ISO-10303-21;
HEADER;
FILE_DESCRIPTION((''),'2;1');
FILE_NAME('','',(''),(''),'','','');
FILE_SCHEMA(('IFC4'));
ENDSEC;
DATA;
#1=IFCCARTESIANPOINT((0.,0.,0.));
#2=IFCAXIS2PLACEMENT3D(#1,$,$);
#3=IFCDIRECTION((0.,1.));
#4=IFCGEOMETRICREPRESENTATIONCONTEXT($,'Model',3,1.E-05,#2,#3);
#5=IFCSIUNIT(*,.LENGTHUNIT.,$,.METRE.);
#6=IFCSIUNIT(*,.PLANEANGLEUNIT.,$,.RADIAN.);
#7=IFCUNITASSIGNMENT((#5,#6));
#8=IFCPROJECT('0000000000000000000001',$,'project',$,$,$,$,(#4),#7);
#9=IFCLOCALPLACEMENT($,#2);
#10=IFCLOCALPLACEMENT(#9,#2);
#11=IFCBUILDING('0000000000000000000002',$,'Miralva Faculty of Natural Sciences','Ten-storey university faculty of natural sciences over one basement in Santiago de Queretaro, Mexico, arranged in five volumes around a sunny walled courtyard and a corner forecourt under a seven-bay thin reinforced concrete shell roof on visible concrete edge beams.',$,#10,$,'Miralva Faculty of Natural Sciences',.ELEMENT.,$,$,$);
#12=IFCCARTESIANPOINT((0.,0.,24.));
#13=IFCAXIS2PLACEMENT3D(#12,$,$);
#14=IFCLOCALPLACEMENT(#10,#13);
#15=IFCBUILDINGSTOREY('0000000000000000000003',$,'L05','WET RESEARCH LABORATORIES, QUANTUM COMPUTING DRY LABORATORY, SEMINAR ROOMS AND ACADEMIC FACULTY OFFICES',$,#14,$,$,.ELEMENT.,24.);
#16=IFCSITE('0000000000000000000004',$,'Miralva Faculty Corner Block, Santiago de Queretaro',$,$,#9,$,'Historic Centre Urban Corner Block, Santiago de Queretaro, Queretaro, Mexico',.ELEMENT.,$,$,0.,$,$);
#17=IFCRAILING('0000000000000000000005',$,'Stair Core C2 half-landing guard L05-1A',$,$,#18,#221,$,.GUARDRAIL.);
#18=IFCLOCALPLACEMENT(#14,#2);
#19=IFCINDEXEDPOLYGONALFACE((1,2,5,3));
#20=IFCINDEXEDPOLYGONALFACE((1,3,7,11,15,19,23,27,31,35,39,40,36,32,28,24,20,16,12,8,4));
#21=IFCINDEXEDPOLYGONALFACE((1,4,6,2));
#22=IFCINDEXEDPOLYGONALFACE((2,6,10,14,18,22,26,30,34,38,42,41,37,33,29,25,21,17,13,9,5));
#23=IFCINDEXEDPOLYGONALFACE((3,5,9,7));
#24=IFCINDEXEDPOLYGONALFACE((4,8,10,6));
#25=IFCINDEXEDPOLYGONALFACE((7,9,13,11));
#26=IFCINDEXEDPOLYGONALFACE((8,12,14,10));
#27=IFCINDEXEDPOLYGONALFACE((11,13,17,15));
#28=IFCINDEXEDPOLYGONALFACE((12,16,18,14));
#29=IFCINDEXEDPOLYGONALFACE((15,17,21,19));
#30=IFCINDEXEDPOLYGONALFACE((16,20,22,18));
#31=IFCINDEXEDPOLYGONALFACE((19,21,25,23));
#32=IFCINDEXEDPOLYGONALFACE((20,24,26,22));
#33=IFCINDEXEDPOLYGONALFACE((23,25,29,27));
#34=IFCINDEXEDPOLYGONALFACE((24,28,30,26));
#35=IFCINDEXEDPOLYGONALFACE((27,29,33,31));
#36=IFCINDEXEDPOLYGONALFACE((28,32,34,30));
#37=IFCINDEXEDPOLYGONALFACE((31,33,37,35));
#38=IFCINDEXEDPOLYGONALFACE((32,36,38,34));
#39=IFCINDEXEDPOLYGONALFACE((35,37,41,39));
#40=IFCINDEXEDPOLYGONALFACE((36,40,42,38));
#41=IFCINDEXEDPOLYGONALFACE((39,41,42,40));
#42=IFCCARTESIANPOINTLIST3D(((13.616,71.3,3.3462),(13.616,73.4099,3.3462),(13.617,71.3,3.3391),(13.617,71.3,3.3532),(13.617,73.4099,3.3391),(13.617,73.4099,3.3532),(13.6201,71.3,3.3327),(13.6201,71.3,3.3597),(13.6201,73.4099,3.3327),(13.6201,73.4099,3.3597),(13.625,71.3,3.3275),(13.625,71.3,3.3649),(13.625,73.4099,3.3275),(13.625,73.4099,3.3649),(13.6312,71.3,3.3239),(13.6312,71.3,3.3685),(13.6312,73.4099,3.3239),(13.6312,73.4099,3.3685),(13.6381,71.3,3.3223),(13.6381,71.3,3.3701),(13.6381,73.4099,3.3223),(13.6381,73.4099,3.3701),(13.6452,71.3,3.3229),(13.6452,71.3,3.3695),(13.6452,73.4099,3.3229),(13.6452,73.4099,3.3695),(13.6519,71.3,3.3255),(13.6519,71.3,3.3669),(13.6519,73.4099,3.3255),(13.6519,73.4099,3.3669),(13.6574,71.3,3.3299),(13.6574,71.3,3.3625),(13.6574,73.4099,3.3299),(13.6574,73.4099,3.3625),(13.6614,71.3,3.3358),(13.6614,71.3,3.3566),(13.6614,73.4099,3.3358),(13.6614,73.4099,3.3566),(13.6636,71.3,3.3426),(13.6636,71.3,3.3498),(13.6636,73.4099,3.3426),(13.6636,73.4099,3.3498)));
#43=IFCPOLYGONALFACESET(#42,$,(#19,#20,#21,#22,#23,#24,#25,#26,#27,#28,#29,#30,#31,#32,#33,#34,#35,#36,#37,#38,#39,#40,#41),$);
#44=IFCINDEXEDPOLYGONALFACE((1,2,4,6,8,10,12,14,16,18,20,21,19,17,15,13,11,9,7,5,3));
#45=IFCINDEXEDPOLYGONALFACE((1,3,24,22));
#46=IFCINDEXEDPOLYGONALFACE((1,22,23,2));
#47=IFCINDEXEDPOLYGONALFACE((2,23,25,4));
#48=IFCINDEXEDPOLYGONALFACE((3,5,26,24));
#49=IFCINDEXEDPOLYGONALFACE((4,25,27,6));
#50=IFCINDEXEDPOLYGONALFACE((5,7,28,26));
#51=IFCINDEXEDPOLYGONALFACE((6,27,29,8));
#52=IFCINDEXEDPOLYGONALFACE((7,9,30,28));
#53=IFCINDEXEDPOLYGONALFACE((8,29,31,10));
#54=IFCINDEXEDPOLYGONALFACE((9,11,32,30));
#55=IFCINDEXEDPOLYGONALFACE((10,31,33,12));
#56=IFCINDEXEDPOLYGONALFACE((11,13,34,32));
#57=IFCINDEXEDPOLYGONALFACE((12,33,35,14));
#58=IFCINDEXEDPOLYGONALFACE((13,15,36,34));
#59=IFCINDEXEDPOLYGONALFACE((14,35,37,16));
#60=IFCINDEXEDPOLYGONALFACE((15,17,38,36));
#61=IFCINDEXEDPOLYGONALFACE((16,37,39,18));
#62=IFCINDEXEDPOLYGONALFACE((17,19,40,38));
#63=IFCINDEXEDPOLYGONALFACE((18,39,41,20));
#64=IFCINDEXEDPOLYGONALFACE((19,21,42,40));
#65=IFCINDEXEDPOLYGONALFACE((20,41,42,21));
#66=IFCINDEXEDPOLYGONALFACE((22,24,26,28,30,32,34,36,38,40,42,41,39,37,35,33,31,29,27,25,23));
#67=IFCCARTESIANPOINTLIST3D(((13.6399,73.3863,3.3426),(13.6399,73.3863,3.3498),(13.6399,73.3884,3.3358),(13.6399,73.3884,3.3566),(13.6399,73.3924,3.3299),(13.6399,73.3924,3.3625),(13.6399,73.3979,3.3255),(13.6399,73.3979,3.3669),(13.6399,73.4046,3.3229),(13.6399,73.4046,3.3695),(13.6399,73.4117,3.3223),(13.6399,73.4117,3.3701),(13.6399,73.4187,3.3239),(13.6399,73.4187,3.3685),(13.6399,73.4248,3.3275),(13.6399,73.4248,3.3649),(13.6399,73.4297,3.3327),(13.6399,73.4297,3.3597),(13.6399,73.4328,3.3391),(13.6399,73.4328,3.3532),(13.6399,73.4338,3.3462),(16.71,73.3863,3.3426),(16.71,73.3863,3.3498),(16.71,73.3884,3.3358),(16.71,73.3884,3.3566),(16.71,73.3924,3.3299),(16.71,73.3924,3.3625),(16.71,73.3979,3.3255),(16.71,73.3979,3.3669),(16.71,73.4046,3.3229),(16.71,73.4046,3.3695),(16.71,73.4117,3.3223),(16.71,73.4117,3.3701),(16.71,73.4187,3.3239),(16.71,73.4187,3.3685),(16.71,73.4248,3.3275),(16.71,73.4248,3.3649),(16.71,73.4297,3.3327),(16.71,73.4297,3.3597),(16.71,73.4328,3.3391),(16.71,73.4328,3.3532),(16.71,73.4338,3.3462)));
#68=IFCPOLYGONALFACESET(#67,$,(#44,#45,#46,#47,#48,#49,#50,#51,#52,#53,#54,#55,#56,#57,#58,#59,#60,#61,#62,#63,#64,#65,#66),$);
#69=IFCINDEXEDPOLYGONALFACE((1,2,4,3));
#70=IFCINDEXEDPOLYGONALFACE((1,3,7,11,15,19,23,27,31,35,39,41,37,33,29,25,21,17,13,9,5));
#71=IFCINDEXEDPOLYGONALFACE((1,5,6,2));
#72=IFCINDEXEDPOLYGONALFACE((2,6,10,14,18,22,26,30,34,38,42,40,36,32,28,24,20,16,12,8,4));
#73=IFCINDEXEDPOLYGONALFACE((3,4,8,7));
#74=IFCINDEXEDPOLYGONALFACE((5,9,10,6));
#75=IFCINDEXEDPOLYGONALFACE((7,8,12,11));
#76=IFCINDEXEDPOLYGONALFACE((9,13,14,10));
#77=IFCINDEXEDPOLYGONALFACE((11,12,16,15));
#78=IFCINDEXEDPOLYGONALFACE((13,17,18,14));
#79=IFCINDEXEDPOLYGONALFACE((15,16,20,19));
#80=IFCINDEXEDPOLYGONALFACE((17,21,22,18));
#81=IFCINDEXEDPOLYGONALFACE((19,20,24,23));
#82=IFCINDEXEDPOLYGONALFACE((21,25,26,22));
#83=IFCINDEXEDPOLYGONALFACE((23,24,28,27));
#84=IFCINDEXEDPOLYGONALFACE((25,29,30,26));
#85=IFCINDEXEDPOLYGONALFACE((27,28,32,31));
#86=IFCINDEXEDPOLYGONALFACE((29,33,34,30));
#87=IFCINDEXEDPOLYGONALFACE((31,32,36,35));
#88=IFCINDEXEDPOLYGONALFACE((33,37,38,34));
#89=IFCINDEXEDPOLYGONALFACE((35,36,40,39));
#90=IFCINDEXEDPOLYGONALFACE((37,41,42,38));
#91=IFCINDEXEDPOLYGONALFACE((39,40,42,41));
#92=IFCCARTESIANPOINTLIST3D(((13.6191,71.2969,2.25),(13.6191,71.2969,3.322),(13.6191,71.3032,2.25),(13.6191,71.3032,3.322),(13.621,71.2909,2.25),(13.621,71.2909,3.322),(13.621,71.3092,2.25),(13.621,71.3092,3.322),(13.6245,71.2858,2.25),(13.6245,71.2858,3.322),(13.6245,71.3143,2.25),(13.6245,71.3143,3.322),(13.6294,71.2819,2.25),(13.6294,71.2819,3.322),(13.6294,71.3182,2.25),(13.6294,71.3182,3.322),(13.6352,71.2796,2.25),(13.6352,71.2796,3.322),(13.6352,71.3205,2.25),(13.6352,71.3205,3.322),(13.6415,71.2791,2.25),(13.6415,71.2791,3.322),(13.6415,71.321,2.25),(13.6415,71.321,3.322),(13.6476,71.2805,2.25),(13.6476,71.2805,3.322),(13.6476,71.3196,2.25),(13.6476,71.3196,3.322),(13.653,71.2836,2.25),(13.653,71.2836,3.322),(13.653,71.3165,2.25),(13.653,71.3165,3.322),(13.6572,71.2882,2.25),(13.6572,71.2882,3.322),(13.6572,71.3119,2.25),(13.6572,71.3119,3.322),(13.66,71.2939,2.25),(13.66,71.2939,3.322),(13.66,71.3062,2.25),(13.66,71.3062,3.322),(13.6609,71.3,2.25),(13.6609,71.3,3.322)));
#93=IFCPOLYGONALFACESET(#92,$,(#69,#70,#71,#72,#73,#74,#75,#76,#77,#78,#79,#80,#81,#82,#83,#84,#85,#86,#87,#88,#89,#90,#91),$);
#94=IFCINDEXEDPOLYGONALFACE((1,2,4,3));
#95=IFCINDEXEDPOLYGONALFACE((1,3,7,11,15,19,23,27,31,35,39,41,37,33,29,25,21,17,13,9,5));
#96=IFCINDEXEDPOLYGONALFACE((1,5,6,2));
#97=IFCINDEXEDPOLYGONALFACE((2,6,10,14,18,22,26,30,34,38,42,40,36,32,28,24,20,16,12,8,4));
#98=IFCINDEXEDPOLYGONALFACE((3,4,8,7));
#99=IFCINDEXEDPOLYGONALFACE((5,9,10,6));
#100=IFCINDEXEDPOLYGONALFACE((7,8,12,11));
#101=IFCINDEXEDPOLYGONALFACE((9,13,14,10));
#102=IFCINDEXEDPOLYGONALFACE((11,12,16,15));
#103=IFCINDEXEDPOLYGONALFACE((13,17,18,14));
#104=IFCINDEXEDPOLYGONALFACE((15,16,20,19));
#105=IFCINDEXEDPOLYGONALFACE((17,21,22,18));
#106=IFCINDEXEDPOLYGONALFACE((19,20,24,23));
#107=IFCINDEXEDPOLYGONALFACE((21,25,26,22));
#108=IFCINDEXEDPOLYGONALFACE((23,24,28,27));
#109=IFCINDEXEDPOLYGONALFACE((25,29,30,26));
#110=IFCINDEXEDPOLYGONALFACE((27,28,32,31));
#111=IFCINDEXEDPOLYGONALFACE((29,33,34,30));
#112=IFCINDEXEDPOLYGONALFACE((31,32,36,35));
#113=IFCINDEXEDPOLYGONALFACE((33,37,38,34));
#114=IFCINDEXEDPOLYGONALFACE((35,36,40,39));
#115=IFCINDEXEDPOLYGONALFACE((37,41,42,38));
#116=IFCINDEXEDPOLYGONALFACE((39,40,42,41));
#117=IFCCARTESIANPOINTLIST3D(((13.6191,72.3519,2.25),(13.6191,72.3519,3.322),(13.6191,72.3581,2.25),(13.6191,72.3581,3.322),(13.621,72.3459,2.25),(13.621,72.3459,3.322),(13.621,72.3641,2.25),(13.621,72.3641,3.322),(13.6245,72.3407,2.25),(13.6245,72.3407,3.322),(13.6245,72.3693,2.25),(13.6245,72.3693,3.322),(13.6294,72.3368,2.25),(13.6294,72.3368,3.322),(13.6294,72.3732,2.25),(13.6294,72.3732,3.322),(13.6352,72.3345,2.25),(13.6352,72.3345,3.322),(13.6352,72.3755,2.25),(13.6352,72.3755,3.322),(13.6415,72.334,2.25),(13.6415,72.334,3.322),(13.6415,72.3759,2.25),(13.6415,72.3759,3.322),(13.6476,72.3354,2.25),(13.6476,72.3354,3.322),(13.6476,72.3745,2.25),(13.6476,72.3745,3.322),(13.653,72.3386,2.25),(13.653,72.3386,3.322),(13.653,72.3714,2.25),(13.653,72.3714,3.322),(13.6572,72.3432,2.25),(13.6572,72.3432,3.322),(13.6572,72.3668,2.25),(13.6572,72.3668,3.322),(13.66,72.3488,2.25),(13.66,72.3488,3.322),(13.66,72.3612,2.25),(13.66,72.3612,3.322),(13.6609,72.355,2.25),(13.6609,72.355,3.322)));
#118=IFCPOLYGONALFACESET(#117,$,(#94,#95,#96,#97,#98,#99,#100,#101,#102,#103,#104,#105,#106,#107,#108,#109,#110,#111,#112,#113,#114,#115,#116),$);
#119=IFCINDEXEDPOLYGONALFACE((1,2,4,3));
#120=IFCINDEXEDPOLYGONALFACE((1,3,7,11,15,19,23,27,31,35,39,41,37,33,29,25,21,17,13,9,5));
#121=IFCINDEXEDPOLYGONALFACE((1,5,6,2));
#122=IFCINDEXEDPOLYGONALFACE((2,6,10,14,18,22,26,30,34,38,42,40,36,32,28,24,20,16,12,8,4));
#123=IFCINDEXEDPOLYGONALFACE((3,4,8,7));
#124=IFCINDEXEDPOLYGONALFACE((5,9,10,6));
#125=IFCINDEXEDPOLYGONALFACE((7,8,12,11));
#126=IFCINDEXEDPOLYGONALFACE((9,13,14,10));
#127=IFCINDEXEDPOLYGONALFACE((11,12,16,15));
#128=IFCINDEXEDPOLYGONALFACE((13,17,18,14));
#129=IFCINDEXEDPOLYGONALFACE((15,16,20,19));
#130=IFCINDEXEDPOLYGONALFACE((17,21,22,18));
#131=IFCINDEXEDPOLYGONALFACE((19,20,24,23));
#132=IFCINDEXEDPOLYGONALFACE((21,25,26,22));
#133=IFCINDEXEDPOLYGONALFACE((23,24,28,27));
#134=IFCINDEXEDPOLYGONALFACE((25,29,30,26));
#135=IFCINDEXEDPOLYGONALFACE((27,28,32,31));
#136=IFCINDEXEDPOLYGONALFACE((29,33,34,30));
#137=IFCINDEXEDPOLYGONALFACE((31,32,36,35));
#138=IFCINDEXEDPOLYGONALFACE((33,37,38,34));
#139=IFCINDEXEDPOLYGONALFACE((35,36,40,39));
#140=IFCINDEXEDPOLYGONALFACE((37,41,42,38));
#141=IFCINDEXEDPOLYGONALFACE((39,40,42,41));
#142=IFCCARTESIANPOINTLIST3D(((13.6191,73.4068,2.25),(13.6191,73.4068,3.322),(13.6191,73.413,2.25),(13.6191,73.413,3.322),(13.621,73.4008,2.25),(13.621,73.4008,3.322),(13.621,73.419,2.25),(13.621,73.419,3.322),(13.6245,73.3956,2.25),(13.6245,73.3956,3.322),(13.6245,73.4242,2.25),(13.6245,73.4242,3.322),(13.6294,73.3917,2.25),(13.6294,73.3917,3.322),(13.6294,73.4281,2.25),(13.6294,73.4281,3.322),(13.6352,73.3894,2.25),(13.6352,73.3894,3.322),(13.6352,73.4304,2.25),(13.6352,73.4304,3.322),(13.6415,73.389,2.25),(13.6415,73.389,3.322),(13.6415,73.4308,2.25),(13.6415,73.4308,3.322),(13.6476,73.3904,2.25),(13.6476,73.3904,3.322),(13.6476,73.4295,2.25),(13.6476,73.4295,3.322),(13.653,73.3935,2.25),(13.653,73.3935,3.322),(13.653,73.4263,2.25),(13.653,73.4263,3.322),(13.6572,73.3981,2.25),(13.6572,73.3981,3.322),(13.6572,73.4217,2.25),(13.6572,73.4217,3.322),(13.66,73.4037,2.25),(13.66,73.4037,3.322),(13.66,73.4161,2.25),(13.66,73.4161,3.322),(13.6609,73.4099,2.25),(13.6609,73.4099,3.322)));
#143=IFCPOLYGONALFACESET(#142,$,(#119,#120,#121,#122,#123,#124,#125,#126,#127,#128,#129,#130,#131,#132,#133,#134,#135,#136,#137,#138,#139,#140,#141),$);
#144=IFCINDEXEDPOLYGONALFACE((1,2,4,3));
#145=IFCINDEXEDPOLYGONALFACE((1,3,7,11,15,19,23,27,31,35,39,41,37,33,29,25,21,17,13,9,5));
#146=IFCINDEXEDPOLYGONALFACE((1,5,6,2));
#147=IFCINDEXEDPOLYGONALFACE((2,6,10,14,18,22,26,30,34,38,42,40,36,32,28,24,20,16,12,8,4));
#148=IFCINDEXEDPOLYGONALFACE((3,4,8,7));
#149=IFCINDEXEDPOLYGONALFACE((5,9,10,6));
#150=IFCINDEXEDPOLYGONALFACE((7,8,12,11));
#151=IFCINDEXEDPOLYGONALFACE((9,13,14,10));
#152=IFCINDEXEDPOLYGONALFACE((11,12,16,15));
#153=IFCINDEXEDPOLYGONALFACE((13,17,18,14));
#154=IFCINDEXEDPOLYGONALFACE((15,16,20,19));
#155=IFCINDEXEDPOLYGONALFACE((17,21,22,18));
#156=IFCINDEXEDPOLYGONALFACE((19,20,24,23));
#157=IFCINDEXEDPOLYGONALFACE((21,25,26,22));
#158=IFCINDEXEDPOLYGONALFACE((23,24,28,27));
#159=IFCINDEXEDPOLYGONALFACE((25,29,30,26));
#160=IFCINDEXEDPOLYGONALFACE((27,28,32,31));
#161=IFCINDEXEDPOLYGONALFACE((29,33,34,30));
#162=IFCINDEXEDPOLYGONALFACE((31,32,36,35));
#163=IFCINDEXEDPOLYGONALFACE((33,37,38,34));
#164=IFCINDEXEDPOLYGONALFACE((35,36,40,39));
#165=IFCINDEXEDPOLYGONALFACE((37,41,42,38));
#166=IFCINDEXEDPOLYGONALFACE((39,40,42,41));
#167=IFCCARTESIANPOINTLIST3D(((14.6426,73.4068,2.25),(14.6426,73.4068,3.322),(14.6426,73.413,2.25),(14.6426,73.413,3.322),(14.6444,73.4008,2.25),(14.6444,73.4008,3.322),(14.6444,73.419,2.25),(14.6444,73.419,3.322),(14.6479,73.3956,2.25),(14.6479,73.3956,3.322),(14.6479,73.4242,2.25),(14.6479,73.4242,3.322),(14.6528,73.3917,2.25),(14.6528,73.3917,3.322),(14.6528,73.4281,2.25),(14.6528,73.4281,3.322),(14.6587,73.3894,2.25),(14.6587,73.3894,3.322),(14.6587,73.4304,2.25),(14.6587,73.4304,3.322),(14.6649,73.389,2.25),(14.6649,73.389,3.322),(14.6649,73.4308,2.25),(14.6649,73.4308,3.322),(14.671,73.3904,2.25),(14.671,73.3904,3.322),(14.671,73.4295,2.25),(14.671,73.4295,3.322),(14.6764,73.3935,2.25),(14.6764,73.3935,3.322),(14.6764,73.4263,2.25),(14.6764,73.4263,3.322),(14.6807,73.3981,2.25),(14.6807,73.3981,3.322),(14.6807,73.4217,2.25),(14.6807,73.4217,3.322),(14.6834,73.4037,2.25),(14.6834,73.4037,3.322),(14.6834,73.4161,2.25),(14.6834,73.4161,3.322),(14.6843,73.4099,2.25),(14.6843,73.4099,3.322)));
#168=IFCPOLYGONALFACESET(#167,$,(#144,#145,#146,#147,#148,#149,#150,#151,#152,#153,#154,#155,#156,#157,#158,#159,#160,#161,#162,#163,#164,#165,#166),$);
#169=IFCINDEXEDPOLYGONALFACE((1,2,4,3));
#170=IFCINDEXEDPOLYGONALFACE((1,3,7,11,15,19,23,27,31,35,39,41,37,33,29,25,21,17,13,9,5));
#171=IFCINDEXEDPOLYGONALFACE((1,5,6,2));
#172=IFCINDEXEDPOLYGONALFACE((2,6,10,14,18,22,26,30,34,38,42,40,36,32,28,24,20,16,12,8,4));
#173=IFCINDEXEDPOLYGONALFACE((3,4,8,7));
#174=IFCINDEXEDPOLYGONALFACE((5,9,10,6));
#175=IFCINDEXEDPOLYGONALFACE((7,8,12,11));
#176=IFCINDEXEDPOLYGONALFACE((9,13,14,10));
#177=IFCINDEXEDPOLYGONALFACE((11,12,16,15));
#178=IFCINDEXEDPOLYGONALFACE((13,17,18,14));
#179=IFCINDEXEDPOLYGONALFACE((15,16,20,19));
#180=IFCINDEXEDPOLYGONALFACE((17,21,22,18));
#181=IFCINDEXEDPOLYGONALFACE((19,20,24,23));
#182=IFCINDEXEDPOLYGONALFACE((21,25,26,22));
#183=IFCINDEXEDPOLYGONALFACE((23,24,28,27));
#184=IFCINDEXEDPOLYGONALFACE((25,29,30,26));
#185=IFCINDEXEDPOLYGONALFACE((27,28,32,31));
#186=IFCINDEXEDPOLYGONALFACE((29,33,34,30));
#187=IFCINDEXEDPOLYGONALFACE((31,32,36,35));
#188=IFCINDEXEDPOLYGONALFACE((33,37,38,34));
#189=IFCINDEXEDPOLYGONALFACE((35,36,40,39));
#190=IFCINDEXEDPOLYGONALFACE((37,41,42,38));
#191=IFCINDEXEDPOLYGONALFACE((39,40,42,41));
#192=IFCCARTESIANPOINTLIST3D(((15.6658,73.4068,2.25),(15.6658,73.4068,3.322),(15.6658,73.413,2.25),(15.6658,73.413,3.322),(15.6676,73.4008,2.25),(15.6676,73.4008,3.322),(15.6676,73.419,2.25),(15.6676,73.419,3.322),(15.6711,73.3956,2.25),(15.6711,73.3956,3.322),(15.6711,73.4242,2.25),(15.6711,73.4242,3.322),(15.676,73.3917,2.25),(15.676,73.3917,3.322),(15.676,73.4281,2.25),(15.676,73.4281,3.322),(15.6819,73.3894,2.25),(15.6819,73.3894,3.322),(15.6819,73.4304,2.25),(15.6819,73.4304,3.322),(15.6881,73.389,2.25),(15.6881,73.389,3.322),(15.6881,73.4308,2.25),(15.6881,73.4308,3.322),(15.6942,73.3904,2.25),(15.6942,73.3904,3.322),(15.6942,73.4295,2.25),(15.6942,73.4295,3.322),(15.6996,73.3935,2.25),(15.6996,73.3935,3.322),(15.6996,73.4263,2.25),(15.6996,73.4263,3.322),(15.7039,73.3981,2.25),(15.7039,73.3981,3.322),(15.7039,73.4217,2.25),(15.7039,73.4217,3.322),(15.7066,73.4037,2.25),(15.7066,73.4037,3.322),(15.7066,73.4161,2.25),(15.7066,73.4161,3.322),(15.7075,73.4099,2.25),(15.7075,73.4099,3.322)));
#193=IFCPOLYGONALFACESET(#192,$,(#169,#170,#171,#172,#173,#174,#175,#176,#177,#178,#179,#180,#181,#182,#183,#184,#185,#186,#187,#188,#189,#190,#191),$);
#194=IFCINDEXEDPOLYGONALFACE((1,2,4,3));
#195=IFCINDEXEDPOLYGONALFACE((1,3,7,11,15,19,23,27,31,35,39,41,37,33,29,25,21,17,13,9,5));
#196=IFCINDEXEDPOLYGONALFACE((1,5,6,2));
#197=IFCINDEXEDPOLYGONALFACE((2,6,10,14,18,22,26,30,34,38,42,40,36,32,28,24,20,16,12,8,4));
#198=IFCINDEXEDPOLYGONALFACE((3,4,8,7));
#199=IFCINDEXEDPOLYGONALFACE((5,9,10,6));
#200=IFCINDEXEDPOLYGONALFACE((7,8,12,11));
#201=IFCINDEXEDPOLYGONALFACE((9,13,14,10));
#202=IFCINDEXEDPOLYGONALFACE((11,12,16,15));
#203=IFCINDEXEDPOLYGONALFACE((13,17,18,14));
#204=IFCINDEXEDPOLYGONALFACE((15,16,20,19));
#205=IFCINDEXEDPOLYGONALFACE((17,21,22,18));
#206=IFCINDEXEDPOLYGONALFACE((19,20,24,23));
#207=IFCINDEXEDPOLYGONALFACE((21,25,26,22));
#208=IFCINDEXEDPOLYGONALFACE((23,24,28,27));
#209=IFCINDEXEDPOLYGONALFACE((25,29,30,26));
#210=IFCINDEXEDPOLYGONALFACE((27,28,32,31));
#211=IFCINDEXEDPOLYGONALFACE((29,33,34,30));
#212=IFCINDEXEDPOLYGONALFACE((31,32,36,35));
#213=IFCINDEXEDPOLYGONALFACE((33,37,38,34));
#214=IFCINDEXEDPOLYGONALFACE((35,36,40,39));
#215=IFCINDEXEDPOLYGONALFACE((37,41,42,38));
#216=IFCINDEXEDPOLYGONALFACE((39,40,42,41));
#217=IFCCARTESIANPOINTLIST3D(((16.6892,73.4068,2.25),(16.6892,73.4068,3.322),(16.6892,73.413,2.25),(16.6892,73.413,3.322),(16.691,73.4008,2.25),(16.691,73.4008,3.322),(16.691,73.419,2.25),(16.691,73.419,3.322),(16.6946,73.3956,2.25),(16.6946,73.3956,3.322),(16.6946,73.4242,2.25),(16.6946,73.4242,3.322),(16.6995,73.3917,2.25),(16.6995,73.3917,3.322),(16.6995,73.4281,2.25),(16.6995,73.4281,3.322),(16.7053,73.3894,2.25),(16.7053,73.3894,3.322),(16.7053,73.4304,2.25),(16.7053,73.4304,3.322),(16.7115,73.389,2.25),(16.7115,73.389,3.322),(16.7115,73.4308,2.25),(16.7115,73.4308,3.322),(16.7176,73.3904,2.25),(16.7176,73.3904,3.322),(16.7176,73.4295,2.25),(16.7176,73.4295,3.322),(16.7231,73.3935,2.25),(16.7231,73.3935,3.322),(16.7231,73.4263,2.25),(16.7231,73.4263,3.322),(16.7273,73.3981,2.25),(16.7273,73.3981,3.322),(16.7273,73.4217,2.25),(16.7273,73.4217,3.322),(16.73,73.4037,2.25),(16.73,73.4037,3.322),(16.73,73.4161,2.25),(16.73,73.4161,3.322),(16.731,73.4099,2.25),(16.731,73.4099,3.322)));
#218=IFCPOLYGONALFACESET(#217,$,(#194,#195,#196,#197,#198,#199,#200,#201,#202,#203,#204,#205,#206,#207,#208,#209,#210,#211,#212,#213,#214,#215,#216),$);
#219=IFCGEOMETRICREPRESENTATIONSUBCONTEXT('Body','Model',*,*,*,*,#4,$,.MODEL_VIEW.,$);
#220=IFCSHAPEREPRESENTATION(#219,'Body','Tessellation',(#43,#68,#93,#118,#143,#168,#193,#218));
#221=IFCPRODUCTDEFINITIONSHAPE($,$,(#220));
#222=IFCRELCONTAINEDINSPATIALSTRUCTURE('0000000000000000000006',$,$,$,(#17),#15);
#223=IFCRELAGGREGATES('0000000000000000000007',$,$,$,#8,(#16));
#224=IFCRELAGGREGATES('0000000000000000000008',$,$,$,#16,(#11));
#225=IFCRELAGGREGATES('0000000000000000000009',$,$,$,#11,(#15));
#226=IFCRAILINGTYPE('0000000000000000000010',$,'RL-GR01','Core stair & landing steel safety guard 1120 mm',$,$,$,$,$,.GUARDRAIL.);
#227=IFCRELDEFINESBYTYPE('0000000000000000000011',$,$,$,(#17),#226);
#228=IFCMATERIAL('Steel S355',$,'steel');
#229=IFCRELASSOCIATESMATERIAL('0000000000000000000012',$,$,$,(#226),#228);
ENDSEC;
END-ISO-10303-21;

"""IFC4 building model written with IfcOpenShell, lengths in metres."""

from ifc_helpers import new_model, si_unit, direction, frame, origin, origin_2d, place, context, subcontext, project, spatial, circle, extrude, material, type_object, element, save


model = new_model("IFC4")

# Units and contexts
model_context = context("Model", 3, precision=1e-05, world=origin(), true_north=direction((0.0, 1.0)))
body_context = subcontext(model_context, "Body", "Model", "MODEL_VIEW")
ifc_project = project(units=[si_unit("LENGTHUNIT", "METRE"), si_unit("PLANEANGLEUNIT", "RADIAN")], contexts=[model_context])

# Site, building, storey
site_placement = place(None, origin())
site = spatial("IfcSite", under=ifc_project, at=site_placement, Name="Miralva Faculty Corner Block, Santiago de Queretaro", LongName="Historic Centre Urban Corner Block, Santiago de Queretaro, Queretaro, Mexico", CompositionType="ELEMENT", RefElevation=0.0)
building_placement = place(site_placement, origin())
building = spatial("IfcBuilding", under=site, at=building_placement, Name="Miralva Faculty of Natural Sciences", Description="Ten-storey university faculty of natural sciences over one basement in Santiago de Queretaro, Mexico, arranged in five volumes around a sunny walled courtyard and a corner forecourt under a seven-bay thin reinforced concrete shell roof on visible concrete edge beams.", LongName="Miralva Faculty of Natural Sciences", CompositionType="ELEMENT")
storey_placement = place(building_placement, frame((0.0, 0.0, 24.0)))
storey = spatial("IfcBuildingStorey", under=building, at=storey_placement, Name="L05", Description="WET RESEARCH LABORATORIES, QUANTUM COMPUTING DRY LABORATORY, SEMINAR ROOMS AND ACADEMIC FACULTY OFFICES", CompositionType="ELEMENT", Elevation=24.0)

# Railing
ifc_material_1 = material(Name="Steel S355", Category="steel")
railing_type_1 = type_object("IfcRailingType", Name="RL-GR01", Description="Core stair & landing steel safety guard 1120 mm", PredefinedType="GUARDRAIL", material=ifc_material_1)
railing_1_placement = place(storey_placement, frame((13.6399, 71.3, 2.25)))
element("IfcRailing", 1, at=railing_1_placement, inside=storey, type_object=railing_type_1, Name="Stair Core C2 half-landing guard L05-1A", PredefinedType="GUARDRAIL", context=body_context, shape_type="SweptSolid", body=[
    extrude(circle(Radius=0.0239, at=origin_2d()), frame((0.0, 0.0, 1.0962), z_axis=(0.0, 1.0, 0.0), x_axis=(-1.0, 0.0, 0.0)), (0.0, 0.0, 1.0), 2.1099),
    extrude(circle(Radius=0.0239, at=origin_2d()), frame((0.0, 2.1099, 1.0962), z_axis=(1.0, 0.0, 0.0), x_axis=(0.0, 1.0, 0.0)), (0.0, 0.0, 1.0), 3.0701),
    extrude(circle(Radius=0.021, at=origin_2d()), origin(), (0.0, 0.0, 1.0), 1.072),
    extrude(circle(Radius=0.021, at=origin_2d()), frame((0.0, 1.0549, 0.0)), (0.0, 0.0, 1.0), 1.072),
    extrude(circle(Radius=0.021, at=origin_2d()), frame((0.0, 2.1099, 0.0)), (0.0, 0.0, 1.0), 1.072),
    extrude(circle(Radius=0.021, at=origin_2d()), frame((1.0234, 2.1099, 0.0)), (0.0, 0.0, 1.0), 1.072),
    extrude(circle(Radius=0.021, at=origin_2d()), frame((2.0466, 2.1099, 0.0)), (0.0, 0.0, 1.0), 1.072),
    extrude(circle(Radius=0.021, at=origin_2d()), frame((3.0701, 2.1099, 0.0)), (0.0, 0.0, 1.0), 1.072),
])

save(model, "model.ifc")
